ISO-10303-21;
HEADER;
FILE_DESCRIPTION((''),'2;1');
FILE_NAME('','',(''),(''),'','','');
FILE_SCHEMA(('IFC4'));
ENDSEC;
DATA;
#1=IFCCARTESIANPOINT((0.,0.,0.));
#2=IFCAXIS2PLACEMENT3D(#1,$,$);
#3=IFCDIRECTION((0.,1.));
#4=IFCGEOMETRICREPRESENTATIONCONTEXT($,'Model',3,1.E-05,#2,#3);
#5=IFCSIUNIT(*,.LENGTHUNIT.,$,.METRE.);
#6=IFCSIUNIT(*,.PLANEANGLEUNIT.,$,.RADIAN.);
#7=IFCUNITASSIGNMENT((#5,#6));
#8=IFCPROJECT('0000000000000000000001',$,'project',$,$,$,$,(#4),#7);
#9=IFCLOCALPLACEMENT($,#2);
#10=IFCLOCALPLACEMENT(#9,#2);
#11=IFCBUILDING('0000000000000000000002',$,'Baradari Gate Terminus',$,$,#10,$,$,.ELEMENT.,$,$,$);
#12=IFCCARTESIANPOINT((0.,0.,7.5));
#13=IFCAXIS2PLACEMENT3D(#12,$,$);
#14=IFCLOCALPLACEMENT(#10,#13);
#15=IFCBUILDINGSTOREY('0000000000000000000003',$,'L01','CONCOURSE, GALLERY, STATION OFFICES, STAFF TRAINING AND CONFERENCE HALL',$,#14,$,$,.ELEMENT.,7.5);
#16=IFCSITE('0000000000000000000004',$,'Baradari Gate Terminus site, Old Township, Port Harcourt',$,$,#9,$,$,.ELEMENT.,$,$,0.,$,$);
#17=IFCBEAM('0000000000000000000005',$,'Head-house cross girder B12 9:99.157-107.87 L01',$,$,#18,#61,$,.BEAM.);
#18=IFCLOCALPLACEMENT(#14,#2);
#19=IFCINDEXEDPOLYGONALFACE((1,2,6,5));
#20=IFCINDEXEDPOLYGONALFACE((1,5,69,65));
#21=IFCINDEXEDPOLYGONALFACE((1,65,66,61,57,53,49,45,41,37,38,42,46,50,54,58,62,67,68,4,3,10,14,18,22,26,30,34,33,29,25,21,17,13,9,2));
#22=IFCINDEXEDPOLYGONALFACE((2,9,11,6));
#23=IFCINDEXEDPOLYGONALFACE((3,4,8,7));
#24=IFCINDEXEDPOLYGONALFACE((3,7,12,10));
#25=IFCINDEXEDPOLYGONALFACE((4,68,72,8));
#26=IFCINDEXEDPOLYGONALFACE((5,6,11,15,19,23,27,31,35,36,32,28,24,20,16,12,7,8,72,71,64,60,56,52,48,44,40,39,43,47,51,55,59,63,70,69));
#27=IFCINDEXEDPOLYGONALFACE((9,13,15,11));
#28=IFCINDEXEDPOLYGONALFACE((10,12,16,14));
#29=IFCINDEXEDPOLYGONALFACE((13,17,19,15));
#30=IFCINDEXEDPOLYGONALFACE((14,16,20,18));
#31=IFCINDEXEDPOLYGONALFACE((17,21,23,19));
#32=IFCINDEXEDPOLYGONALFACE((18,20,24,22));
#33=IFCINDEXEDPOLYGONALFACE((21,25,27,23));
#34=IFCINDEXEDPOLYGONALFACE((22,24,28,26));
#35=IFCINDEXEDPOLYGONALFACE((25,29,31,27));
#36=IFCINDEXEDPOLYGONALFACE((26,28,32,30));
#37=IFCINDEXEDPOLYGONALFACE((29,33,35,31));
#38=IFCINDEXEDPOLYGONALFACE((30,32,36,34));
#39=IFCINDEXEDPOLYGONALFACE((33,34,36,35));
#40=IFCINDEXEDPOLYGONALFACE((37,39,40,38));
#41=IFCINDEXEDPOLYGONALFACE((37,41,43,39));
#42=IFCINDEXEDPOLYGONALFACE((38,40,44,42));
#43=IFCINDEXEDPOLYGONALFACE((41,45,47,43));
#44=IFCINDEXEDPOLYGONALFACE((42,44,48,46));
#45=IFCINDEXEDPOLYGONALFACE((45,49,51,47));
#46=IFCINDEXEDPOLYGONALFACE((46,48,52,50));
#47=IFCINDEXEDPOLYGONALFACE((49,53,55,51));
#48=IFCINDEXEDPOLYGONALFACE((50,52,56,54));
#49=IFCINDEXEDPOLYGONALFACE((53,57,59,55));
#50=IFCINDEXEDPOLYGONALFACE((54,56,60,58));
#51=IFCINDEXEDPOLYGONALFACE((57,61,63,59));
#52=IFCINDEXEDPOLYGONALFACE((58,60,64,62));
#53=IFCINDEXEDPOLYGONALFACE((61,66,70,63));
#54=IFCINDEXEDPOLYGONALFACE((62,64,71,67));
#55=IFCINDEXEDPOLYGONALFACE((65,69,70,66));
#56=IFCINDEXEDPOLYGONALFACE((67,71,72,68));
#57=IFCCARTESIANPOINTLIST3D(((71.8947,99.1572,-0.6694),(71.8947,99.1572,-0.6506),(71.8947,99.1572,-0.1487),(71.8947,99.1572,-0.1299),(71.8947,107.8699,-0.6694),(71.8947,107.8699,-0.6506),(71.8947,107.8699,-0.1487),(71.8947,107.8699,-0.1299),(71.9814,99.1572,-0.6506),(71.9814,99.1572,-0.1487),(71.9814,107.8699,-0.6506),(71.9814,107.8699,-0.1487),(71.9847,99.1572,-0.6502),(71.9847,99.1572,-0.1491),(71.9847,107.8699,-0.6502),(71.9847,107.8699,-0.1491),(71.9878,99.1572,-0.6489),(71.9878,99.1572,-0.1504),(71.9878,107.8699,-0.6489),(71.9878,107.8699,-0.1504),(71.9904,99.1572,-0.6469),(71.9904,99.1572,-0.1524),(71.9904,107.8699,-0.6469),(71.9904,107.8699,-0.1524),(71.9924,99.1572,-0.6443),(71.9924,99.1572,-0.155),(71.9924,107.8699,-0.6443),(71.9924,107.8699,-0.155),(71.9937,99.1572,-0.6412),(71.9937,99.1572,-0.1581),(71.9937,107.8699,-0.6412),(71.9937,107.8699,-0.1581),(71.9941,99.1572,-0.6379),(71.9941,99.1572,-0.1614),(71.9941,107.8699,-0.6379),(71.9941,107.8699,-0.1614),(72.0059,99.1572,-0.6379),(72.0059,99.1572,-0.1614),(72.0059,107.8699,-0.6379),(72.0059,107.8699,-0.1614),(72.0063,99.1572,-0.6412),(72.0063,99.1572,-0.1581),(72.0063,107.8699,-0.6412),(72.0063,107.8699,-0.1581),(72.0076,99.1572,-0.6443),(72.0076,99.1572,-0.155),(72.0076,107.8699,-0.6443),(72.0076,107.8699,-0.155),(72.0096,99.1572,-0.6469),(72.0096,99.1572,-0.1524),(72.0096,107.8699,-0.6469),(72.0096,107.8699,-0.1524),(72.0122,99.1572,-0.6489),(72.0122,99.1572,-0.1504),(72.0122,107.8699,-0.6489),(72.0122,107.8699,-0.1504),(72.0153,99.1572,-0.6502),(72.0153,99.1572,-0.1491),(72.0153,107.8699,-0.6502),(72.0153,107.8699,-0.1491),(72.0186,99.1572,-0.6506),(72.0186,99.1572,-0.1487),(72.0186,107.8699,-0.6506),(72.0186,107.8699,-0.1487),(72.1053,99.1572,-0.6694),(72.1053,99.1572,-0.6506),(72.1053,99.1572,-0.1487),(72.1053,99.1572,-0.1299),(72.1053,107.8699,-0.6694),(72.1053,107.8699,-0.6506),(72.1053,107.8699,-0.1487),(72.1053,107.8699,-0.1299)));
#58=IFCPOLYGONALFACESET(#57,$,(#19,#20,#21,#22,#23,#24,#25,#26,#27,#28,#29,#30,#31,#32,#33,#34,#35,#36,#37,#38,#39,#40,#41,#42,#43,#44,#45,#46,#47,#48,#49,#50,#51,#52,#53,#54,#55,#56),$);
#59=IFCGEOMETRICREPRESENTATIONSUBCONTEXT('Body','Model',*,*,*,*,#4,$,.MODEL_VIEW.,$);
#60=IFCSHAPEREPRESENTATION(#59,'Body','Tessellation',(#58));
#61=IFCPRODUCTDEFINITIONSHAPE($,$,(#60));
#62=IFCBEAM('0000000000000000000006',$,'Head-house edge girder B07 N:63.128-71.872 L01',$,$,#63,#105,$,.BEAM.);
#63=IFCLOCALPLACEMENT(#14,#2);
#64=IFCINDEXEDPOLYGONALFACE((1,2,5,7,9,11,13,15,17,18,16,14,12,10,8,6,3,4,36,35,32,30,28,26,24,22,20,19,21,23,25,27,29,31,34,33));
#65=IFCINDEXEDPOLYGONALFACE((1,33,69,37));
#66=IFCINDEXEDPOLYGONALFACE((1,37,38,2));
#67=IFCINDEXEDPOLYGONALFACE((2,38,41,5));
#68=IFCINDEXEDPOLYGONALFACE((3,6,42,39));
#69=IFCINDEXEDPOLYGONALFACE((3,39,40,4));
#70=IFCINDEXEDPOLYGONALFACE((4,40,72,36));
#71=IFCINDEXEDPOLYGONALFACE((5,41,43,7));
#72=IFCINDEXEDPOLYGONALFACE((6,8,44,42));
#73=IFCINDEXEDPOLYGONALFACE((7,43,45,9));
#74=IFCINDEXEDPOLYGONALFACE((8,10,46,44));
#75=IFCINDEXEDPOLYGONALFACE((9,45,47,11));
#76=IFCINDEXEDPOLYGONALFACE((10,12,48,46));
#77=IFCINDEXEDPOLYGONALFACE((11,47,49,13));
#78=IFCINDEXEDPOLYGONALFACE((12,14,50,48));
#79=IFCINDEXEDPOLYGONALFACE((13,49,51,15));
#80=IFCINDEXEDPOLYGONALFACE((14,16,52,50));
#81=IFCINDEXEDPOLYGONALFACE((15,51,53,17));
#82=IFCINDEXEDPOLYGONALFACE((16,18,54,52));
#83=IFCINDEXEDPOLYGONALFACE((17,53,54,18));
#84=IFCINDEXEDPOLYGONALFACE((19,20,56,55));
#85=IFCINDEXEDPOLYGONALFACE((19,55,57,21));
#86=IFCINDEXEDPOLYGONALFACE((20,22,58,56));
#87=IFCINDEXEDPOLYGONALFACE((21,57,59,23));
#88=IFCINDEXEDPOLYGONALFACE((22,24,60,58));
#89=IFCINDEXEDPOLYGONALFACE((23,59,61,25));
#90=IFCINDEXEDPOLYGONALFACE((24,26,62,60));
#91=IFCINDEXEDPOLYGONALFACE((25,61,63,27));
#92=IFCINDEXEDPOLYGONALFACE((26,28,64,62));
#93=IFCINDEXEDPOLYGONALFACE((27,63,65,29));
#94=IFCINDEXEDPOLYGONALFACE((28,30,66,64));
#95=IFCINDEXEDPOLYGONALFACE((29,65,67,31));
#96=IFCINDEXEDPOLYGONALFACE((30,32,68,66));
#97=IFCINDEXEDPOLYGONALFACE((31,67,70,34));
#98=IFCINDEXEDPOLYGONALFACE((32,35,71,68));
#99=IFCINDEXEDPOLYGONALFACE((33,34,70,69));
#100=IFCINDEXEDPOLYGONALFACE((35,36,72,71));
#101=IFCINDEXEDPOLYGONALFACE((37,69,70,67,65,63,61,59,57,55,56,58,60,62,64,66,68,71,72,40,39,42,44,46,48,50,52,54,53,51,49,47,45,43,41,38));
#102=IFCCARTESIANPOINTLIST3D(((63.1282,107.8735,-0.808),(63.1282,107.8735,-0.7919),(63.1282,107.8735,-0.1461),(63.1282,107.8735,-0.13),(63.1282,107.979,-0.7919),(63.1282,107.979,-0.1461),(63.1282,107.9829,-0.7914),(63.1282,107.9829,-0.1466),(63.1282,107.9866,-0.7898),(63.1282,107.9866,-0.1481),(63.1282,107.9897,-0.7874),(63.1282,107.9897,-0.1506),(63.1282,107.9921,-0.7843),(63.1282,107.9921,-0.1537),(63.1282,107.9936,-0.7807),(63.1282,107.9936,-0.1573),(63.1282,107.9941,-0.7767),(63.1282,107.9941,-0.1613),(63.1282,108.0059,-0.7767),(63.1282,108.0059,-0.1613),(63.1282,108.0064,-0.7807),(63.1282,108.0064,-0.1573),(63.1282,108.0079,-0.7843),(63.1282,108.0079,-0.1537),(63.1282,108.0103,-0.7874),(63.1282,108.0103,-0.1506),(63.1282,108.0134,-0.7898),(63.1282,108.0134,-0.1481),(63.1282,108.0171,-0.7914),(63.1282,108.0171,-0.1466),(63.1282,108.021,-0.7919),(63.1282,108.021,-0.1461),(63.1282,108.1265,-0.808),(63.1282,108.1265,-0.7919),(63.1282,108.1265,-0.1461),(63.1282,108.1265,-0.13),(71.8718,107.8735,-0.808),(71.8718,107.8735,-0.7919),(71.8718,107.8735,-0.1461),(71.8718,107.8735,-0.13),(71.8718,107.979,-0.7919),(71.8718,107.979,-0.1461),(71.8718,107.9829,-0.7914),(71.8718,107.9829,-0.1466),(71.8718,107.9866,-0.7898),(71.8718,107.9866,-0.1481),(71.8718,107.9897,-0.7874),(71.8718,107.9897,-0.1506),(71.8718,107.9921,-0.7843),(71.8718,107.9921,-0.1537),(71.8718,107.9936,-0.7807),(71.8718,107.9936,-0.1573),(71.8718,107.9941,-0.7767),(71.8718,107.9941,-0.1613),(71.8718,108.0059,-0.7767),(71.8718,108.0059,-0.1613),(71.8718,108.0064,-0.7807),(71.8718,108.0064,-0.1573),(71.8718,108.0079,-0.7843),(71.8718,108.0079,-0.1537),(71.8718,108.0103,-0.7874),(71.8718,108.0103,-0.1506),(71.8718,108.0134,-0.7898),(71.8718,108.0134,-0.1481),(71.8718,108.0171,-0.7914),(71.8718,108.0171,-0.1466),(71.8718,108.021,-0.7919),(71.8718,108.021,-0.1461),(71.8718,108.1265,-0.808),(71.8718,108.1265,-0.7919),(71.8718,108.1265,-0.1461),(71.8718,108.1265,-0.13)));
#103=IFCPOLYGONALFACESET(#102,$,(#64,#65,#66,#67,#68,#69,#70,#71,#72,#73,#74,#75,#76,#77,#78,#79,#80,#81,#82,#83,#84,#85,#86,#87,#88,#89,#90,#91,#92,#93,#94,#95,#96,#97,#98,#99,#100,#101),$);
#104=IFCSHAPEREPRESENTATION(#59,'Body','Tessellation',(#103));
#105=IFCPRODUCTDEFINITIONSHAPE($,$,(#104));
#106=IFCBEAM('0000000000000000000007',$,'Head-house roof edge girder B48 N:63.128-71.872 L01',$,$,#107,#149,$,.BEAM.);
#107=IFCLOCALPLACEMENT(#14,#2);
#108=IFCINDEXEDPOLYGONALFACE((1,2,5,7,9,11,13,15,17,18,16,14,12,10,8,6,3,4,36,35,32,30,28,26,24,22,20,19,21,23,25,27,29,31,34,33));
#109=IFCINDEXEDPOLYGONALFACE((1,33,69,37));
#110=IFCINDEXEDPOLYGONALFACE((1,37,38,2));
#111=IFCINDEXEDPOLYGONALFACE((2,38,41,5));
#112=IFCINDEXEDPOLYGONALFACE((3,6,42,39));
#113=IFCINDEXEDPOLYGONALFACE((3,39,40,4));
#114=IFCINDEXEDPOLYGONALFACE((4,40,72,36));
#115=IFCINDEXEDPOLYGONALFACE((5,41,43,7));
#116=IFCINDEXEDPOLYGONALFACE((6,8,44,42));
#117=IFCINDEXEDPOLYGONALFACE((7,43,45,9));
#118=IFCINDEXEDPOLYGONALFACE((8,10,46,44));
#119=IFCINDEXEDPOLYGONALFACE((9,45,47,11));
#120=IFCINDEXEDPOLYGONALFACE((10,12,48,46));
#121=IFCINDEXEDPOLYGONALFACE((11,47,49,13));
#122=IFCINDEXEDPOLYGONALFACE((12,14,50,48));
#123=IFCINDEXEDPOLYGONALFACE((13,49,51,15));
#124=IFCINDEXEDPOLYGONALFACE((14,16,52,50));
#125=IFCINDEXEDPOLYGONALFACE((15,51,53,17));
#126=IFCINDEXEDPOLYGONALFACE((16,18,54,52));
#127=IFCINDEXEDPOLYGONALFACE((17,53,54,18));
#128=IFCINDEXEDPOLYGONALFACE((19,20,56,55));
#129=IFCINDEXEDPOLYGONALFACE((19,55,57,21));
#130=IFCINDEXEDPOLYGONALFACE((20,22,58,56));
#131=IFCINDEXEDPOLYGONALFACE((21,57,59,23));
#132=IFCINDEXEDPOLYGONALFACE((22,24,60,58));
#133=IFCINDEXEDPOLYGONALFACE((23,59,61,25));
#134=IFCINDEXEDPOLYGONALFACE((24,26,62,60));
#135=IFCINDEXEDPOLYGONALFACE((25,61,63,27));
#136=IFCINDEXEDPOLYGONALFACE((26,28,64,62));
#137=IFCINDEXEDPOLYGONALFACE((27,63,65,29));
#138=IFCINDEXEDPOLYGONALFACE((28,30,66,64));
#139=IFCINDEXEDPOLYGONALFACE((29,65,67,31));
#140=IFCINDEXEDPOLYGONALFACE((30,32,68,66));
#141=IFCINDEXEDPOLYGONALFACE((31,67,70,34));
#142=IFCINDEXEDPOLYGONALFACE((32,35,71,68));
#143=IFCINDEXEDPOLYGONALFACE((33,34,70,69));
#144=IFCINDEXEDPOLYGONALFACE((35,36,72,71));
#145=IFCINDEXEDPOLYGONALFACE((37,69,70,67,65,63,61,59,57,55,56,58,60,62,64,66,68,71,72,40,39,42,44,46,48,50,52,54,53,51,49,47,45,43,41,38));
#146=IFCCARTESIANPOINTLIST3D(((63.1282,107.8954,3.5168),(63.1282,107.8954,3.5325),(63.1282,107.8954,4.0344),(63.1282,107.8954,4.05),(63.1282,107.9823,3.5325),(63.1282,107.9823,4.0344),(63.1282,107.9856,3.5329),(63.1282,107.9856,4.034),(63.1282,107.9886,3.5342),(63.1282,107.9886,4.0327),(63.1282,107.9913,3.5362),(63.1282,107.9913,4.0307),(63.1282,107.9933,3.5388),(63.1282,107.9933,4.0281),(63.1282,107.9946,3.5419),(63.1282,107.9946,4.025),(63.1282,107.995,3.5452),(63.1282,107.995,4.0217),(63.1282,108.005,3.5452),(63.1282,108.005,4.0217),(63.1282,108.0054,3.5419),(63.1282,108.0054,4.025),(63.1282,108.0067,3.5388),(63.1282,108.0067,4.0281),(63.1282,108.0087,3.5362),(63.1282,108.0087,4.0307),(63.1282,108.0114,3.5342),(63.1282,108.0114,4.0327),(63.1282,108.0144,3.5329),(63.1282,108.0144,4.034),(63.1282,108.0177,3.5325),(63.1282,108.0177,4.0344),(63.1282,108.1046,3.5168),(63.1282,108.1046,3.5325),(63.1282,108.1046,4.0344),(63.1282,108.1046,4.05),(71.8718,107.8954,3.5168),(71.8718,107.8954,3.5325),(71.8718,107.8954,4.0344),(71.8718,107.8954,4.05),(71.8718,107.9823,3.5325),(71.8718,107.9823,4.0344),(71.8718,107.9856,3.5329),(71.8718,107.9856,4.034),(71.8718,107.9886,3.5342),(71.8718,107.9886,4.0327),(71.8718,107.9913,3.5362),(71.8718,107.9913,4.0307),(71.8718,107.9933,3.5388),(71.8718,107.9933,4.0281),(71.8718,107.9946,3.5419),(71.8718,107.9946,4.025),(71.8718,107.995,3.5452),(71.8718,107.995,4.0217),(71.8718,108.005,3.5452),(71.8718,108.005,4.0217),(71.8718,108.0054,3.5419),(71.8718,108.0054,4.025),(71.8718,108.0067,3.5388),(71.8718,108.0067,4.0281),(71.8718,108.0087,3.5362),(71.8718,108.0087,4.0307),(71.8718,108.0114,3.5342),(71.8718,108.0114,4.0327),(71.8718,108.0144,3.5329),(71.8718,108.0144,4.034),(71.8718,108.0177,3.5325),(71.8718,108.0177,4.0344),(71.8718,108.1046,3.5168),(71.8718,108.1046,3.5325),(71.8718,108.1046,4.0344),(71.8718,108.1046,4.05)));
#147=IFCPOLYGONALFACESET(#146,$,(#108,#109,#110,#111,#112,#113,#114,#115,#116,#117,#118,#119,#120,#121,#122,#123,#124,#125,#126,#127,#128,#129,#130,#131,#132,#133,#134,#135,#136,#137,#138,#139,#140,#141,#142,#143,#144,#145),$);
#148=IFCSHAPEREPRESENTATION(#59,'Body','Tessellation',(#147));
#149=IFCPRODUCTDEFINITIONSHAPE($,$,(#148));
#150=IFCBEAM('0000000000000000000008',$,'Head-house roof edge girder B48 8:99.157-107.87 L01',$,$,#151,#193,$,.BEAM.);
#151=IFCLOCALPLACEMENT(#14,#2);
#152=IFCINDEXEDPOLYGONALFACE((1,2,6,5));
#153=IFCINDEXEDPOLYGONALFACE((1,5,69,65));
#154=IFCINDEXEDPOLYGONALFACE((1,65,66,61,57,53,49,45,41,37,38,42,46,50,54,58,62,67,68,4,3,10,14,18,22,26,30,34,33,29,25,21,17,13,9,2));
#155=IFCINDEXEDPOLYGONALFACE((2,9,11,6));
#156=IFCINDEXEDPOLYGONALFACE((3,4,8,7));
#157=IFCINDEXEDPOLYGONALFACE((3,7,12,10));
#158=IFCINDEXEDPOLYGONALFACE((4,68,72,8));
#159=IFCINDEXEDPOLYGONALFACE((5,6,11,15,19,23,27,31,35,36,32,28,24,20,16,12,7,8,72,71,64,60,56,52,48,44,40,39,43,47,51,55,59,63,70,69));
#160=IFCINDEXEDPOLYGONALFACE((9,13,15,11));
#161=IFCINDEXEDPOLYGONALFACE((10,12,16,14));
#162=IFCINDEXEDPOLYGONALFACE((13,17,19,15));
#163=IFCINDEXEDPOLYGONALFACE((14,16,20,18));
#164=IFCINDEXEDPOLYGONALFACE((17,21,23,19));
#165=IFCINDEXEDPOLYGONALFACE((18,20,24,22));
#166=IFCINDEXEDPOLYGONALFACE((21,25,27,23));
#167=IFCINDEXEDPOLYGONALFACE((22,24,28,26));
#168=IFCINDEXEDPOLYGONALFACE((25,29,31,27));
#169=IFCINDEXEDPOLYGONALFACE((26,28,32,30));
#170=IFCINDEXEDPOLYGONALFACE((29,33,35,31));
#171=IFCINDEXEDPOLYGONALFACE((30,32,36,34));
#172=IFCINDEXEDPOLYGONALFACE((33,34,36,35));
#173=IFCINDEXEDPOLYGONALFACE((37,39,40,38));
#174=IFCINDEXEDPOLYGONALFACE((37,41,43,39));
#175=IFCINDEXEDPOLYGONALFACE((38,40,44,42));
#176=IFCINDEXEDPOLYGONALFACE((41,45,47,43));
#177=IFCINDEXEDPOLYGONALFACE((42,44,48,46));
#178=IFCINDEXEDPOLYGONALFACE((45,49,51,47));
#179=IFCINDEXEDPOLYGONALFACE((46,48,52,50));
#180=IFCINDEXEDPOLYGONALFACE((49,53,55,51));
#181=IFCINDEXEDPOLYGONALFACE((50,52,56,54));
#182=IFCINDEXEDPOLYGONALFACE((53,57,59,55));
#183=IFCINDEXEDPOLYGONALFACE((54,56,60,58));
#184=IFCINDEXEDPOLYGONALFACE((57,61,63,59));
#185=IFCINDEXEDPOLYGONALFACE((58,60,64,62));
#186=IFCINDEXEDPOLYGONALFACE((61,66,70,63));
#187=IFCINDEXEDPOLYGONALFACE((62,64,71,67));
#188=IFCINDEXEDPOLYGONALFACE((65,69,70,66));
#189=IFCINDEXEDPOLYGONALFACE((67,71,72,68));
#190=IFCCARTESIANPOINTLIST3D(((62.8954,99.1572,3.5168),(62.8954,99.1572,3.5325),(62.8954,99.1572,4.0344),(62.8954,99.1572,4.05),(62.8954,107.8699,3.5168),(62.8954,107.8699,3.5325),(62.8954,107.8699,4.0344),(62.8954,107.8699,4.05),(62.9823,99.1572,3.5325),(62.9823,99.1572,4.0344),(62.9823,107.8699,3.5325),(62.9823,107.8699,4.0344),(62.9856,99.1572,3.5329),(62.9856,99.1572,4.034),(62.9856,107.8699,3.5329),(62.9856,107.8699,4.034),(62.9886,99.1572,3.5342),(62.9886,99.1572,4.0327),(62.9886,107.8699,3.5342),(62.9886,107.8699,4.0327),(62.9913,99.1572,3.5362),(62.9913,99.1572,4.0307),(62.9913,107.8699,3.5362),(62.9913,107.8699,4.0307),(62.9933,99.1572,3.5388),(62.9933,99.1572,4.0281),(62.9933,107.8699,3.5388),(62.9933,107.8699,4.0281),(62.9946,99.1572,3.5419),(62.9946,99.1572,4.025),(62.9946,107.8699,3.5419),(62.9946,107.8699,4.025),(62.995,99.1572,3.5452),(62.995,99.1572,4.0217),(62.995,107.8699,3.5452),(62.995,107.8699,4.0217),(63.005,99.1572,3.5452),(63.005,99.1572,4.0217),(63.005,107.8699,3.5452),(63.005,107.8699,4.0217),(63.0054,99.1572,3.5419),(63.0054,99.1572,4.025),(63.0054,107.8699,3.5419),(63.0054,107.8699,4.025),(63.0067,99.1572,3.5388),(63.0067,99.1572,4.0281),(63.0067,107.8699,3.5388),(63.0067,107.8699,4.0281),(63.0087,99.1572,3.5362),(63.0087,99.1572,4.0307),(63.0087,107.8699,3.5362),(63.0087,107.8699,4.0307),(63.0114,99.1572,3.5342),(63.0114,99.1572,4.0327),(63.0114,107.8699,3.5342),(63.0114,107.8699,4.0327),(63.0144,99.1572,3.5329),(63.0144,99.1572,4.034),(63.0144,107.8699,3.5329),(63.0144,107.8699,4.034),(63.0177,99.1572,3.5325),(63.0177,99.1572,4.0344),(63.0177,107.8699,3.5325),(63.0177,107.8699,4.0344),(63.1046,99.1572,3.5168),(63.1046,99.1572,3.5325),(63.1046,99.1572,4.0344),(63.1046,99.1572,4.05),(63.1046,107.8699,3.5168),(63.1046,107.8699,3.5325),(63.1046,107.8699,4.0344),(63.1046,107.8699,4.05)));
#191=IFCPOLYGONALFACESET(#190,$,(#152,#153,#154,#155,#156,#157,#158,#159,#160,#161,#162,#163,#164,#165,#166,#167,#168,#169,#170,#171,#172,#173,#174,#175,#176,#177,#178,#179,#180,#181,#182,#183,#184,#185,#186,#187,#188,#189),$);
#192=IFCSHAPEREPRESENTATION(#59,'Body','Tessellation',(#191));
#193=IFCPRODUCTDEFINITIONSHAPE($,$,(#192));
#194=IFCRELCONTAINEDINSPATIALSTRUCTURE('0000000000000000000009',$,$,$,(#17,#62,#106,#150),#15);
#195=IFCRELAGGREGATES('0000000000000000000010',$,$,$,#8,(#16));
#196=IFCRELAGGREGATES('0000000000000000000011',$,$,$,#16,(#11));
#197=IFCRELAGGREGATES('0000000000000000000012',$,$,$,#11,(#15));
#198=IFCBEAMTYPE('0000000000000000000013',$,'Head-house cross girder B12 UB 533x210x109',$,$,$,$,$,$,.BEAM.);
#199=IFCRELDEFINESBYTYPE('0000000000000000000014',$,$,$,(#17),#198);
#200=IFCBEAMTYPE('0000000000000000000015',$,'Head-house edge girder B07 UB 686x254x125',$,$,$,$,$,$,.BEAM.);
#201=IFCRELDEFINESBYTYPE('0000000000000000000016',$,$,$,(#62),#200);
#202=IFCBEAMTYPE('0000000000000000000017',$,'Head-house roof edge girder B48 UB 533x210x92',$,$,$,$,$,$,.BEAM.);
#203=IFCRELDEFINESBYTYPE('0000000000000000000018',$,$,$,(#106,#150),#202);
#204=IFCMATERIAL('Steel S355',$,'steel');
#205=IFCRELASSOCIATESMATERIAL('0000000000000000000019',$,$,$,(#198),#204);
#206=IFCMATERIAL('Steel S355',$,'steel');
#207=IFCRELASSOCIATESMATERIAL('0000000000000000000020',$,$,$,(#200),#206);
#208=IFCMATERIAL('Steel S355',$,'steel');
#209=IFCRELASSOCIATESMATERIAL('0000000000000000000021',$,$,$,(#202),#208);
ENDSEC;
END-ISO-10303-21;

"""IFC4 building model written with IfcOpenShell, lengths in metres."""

from ifc_helpers import new_model, si_unit, direction, frame, origin, origin_2d, place, context, subcontext, project, spatial, i_section, extrude, material, material_profile, profile_set, type_object, element, save


model = new_model("IFC4")

# Units and contexts
model_context = context("Model", 3, precision=1e-05, world=origin(), true_north=direction((0.0, 1.0)))
body_context = subcontext(model_context, "Body", "Model", "MODEL_VIEW")
ifc_project = project(units=[si_unit("LENGTHUNIT", "METRE"), si_unit("PLANEANGLEUNIT", "RADIAN")], contexts=[model_context])

# Site, building, storey
site_placement = place(None, origin())
site = spatial("IfcSite", under=ifc_project, at=site_placement, Name="Baradari Gate Terminus site, Old Township, Port Harcourt", CompositionType="ELEMENT", RefElevation=0.0)
building_placement = place(site_placement, origin())
building = spatial("IfcBuilding", under=site, at=building_placement, Name="Baradari Gate Terminus", CompositionType="ELEMENT")
storey_placement = place(building_placement, frame((0.0, 0.0, 7.5)))
storey = spatial("IfcBuildingStorey", under=building, at=storey_placement, Name="L01", Description="CONCOURSE, GALLERY, STATION OFFICES, STAFF TRAINING AND CONFERENCE HALL", CompositionType="ELEMENT", Elevation=7.5)

# Beams
ifc_material_1 = material(Name="Steel S355", Category="steel")
ifc_material_profile_1 = material_profile(ifc_material_1, i_section(OverallWidth=0.2107, OverallDepth=0.5396, WebThickness=0.0117, FlangeThickness=0.0188, FilletRadius=0.0127, at=origin_2d()), Name="UB 533x210x109")
ifc_profile_set_1 = profile_set([ifc_material_profile_1], Name="Steel S355")
beam_type_1 = type_object("IfcBeamType", Name="Head-house cross girder B12 UB 533x210x109", PredefinedType="BEAM", material=ifc_profile_set_1)
beam_1_placement = place(storey_placement, frame((72.0, 99.1572, -0.3997), z_axis=(0.0, 1.0, 0.0), x_axis=(-1.0, 0.0, 0.0)))
element("IfcBeam", 1, at=beam_1_placement, inside=storey, type_object=beam_type_1, Name="Head-house cross girder B12 9:99.157-107.87 L01", PredefinedType="BEAM", context=body_context, shape_type="SweptSolid", body=[
    extrude(i_section(OverallWidth=0.2107, OverallDepth=0.5396, WebThickness=0.0117, FlangeThickness=0.0188, FilletRadius=0.0127, at=origin_2d()), origin(), (0.0, 0.0, 1.0), 8.7126),
])
ifc_material_2 = material(Name="Steel S355", Category="steel")
ifc_material_profile_2 = material_profile(ifc_material_2, i_section(OverallWidth=0.2529, OverallDepth=0.678, WebThickness=0.0117, FlangeThickness=0.0161, FilletRadius=0.0151, at=origin_2d()), Name="UB 686x254x125")
ifc_profile_set_2 = profile_set([ifc_material_profile_2], Name="Steel S355")
beam_type_2 = type_object("IfcBeamType", Name="Head-house edge girder B07 UB 686x254x125", PredefinedType="BEAM", material=ifc_profile_set_2)
beam_2_placement = place(storey_placement, frame((63.1282, 108.0, -0.469), z_axis=(1.0, 0.0, 0.0), x_axis=(0.0, 1.0, 0.0)))
element("IfcBeam", 2, at=beam_2_placement, inside=storey, type_object=beam_type_2, Name="Head-house edge girder B07 N:63.128-71.872 L01", PredefinedType="BEAM", context=body_context, shape_type="SweptSolid", body=[
    extrude(i_section(OverallWidth=0.2529, OverallDepth=0.678, WebThickness=0.0117, FlangeThickness=0.0161, FilletRadius=0.0151, at=origin_2d()), origin(), (0.0, 0.0, 1.0), 8.7437),
])
ifc_material_3 = material(Name="Steel S355", Category="steel")
ifc_material_profile_3 = material_profile(ifc_material_3, i_section(OverallWidth=0.2092, OverallDepth=0.5332, WebThickness=0.01, FlangeThickness=0.0156, FilletRadius=0.0127, at=origin_2d()), Name="UB 533x210x92")
ifc_profile_set_3 = profile_set([ifc_material_profile_3], Name="Steel S355")
beam_type_3 = type_object("IfcBeamType", Name="Head-house roof edge girder B48 UB 533x210x92", PredefinedType="BEAM", material=ifc_profile_set_3)
beam_3_placement = place(storey_placement, frame((63.1282, 108.0, 3.7834), z_axis=(1.0, 0.0, 0.0), x_axis=(0.0, 1.0, 0.0)))
element("IfcBeam", 3, at=beam_3_placement, inside=storey, type_object=beam_type_3, Name="Head-house roof edge girder B48 N:63.128-71.872 L01", PredefinedType="BEAM", context=body_context, shape_type="SweptSolid", body=[
    extrude(i_section(OverallWidth=0.2092, OverallDepth=0.5332, WebThickness=0.01, FlangeThickness=0.0156, FilletRadius=0.0127, at=origin_2d()), origin(), (0.0, 0.0, 1.0), 8.7437),
])
beam_4_placement = place(storey_placement, frame((63.0, 99.1572, 3.7834), z_axis=(0.0, 1.0, 0.0), x_axis=(-1.0, 0.0, 0.0)))
element("IfcBeam", 4, at=beam_4_placement, inside=storey, type_object=beam_type_3, Name="Head-house roof edge girder B48 8:99.157-107.87 L01", PredefinedType="BEAM", context=body_context, shape_type="SweptSolid", body=[
    extrude(i_section(OverallWidth=0.2092, OverallDepth=0.5332, WebThickness=0.01, FlangeThickness=0.0156, FilletRadius=0.0127, at=origin_2d()), origin(), (0.0, 0.0, 1.0), 8.7126),
])

save(model, "model.ifc")
